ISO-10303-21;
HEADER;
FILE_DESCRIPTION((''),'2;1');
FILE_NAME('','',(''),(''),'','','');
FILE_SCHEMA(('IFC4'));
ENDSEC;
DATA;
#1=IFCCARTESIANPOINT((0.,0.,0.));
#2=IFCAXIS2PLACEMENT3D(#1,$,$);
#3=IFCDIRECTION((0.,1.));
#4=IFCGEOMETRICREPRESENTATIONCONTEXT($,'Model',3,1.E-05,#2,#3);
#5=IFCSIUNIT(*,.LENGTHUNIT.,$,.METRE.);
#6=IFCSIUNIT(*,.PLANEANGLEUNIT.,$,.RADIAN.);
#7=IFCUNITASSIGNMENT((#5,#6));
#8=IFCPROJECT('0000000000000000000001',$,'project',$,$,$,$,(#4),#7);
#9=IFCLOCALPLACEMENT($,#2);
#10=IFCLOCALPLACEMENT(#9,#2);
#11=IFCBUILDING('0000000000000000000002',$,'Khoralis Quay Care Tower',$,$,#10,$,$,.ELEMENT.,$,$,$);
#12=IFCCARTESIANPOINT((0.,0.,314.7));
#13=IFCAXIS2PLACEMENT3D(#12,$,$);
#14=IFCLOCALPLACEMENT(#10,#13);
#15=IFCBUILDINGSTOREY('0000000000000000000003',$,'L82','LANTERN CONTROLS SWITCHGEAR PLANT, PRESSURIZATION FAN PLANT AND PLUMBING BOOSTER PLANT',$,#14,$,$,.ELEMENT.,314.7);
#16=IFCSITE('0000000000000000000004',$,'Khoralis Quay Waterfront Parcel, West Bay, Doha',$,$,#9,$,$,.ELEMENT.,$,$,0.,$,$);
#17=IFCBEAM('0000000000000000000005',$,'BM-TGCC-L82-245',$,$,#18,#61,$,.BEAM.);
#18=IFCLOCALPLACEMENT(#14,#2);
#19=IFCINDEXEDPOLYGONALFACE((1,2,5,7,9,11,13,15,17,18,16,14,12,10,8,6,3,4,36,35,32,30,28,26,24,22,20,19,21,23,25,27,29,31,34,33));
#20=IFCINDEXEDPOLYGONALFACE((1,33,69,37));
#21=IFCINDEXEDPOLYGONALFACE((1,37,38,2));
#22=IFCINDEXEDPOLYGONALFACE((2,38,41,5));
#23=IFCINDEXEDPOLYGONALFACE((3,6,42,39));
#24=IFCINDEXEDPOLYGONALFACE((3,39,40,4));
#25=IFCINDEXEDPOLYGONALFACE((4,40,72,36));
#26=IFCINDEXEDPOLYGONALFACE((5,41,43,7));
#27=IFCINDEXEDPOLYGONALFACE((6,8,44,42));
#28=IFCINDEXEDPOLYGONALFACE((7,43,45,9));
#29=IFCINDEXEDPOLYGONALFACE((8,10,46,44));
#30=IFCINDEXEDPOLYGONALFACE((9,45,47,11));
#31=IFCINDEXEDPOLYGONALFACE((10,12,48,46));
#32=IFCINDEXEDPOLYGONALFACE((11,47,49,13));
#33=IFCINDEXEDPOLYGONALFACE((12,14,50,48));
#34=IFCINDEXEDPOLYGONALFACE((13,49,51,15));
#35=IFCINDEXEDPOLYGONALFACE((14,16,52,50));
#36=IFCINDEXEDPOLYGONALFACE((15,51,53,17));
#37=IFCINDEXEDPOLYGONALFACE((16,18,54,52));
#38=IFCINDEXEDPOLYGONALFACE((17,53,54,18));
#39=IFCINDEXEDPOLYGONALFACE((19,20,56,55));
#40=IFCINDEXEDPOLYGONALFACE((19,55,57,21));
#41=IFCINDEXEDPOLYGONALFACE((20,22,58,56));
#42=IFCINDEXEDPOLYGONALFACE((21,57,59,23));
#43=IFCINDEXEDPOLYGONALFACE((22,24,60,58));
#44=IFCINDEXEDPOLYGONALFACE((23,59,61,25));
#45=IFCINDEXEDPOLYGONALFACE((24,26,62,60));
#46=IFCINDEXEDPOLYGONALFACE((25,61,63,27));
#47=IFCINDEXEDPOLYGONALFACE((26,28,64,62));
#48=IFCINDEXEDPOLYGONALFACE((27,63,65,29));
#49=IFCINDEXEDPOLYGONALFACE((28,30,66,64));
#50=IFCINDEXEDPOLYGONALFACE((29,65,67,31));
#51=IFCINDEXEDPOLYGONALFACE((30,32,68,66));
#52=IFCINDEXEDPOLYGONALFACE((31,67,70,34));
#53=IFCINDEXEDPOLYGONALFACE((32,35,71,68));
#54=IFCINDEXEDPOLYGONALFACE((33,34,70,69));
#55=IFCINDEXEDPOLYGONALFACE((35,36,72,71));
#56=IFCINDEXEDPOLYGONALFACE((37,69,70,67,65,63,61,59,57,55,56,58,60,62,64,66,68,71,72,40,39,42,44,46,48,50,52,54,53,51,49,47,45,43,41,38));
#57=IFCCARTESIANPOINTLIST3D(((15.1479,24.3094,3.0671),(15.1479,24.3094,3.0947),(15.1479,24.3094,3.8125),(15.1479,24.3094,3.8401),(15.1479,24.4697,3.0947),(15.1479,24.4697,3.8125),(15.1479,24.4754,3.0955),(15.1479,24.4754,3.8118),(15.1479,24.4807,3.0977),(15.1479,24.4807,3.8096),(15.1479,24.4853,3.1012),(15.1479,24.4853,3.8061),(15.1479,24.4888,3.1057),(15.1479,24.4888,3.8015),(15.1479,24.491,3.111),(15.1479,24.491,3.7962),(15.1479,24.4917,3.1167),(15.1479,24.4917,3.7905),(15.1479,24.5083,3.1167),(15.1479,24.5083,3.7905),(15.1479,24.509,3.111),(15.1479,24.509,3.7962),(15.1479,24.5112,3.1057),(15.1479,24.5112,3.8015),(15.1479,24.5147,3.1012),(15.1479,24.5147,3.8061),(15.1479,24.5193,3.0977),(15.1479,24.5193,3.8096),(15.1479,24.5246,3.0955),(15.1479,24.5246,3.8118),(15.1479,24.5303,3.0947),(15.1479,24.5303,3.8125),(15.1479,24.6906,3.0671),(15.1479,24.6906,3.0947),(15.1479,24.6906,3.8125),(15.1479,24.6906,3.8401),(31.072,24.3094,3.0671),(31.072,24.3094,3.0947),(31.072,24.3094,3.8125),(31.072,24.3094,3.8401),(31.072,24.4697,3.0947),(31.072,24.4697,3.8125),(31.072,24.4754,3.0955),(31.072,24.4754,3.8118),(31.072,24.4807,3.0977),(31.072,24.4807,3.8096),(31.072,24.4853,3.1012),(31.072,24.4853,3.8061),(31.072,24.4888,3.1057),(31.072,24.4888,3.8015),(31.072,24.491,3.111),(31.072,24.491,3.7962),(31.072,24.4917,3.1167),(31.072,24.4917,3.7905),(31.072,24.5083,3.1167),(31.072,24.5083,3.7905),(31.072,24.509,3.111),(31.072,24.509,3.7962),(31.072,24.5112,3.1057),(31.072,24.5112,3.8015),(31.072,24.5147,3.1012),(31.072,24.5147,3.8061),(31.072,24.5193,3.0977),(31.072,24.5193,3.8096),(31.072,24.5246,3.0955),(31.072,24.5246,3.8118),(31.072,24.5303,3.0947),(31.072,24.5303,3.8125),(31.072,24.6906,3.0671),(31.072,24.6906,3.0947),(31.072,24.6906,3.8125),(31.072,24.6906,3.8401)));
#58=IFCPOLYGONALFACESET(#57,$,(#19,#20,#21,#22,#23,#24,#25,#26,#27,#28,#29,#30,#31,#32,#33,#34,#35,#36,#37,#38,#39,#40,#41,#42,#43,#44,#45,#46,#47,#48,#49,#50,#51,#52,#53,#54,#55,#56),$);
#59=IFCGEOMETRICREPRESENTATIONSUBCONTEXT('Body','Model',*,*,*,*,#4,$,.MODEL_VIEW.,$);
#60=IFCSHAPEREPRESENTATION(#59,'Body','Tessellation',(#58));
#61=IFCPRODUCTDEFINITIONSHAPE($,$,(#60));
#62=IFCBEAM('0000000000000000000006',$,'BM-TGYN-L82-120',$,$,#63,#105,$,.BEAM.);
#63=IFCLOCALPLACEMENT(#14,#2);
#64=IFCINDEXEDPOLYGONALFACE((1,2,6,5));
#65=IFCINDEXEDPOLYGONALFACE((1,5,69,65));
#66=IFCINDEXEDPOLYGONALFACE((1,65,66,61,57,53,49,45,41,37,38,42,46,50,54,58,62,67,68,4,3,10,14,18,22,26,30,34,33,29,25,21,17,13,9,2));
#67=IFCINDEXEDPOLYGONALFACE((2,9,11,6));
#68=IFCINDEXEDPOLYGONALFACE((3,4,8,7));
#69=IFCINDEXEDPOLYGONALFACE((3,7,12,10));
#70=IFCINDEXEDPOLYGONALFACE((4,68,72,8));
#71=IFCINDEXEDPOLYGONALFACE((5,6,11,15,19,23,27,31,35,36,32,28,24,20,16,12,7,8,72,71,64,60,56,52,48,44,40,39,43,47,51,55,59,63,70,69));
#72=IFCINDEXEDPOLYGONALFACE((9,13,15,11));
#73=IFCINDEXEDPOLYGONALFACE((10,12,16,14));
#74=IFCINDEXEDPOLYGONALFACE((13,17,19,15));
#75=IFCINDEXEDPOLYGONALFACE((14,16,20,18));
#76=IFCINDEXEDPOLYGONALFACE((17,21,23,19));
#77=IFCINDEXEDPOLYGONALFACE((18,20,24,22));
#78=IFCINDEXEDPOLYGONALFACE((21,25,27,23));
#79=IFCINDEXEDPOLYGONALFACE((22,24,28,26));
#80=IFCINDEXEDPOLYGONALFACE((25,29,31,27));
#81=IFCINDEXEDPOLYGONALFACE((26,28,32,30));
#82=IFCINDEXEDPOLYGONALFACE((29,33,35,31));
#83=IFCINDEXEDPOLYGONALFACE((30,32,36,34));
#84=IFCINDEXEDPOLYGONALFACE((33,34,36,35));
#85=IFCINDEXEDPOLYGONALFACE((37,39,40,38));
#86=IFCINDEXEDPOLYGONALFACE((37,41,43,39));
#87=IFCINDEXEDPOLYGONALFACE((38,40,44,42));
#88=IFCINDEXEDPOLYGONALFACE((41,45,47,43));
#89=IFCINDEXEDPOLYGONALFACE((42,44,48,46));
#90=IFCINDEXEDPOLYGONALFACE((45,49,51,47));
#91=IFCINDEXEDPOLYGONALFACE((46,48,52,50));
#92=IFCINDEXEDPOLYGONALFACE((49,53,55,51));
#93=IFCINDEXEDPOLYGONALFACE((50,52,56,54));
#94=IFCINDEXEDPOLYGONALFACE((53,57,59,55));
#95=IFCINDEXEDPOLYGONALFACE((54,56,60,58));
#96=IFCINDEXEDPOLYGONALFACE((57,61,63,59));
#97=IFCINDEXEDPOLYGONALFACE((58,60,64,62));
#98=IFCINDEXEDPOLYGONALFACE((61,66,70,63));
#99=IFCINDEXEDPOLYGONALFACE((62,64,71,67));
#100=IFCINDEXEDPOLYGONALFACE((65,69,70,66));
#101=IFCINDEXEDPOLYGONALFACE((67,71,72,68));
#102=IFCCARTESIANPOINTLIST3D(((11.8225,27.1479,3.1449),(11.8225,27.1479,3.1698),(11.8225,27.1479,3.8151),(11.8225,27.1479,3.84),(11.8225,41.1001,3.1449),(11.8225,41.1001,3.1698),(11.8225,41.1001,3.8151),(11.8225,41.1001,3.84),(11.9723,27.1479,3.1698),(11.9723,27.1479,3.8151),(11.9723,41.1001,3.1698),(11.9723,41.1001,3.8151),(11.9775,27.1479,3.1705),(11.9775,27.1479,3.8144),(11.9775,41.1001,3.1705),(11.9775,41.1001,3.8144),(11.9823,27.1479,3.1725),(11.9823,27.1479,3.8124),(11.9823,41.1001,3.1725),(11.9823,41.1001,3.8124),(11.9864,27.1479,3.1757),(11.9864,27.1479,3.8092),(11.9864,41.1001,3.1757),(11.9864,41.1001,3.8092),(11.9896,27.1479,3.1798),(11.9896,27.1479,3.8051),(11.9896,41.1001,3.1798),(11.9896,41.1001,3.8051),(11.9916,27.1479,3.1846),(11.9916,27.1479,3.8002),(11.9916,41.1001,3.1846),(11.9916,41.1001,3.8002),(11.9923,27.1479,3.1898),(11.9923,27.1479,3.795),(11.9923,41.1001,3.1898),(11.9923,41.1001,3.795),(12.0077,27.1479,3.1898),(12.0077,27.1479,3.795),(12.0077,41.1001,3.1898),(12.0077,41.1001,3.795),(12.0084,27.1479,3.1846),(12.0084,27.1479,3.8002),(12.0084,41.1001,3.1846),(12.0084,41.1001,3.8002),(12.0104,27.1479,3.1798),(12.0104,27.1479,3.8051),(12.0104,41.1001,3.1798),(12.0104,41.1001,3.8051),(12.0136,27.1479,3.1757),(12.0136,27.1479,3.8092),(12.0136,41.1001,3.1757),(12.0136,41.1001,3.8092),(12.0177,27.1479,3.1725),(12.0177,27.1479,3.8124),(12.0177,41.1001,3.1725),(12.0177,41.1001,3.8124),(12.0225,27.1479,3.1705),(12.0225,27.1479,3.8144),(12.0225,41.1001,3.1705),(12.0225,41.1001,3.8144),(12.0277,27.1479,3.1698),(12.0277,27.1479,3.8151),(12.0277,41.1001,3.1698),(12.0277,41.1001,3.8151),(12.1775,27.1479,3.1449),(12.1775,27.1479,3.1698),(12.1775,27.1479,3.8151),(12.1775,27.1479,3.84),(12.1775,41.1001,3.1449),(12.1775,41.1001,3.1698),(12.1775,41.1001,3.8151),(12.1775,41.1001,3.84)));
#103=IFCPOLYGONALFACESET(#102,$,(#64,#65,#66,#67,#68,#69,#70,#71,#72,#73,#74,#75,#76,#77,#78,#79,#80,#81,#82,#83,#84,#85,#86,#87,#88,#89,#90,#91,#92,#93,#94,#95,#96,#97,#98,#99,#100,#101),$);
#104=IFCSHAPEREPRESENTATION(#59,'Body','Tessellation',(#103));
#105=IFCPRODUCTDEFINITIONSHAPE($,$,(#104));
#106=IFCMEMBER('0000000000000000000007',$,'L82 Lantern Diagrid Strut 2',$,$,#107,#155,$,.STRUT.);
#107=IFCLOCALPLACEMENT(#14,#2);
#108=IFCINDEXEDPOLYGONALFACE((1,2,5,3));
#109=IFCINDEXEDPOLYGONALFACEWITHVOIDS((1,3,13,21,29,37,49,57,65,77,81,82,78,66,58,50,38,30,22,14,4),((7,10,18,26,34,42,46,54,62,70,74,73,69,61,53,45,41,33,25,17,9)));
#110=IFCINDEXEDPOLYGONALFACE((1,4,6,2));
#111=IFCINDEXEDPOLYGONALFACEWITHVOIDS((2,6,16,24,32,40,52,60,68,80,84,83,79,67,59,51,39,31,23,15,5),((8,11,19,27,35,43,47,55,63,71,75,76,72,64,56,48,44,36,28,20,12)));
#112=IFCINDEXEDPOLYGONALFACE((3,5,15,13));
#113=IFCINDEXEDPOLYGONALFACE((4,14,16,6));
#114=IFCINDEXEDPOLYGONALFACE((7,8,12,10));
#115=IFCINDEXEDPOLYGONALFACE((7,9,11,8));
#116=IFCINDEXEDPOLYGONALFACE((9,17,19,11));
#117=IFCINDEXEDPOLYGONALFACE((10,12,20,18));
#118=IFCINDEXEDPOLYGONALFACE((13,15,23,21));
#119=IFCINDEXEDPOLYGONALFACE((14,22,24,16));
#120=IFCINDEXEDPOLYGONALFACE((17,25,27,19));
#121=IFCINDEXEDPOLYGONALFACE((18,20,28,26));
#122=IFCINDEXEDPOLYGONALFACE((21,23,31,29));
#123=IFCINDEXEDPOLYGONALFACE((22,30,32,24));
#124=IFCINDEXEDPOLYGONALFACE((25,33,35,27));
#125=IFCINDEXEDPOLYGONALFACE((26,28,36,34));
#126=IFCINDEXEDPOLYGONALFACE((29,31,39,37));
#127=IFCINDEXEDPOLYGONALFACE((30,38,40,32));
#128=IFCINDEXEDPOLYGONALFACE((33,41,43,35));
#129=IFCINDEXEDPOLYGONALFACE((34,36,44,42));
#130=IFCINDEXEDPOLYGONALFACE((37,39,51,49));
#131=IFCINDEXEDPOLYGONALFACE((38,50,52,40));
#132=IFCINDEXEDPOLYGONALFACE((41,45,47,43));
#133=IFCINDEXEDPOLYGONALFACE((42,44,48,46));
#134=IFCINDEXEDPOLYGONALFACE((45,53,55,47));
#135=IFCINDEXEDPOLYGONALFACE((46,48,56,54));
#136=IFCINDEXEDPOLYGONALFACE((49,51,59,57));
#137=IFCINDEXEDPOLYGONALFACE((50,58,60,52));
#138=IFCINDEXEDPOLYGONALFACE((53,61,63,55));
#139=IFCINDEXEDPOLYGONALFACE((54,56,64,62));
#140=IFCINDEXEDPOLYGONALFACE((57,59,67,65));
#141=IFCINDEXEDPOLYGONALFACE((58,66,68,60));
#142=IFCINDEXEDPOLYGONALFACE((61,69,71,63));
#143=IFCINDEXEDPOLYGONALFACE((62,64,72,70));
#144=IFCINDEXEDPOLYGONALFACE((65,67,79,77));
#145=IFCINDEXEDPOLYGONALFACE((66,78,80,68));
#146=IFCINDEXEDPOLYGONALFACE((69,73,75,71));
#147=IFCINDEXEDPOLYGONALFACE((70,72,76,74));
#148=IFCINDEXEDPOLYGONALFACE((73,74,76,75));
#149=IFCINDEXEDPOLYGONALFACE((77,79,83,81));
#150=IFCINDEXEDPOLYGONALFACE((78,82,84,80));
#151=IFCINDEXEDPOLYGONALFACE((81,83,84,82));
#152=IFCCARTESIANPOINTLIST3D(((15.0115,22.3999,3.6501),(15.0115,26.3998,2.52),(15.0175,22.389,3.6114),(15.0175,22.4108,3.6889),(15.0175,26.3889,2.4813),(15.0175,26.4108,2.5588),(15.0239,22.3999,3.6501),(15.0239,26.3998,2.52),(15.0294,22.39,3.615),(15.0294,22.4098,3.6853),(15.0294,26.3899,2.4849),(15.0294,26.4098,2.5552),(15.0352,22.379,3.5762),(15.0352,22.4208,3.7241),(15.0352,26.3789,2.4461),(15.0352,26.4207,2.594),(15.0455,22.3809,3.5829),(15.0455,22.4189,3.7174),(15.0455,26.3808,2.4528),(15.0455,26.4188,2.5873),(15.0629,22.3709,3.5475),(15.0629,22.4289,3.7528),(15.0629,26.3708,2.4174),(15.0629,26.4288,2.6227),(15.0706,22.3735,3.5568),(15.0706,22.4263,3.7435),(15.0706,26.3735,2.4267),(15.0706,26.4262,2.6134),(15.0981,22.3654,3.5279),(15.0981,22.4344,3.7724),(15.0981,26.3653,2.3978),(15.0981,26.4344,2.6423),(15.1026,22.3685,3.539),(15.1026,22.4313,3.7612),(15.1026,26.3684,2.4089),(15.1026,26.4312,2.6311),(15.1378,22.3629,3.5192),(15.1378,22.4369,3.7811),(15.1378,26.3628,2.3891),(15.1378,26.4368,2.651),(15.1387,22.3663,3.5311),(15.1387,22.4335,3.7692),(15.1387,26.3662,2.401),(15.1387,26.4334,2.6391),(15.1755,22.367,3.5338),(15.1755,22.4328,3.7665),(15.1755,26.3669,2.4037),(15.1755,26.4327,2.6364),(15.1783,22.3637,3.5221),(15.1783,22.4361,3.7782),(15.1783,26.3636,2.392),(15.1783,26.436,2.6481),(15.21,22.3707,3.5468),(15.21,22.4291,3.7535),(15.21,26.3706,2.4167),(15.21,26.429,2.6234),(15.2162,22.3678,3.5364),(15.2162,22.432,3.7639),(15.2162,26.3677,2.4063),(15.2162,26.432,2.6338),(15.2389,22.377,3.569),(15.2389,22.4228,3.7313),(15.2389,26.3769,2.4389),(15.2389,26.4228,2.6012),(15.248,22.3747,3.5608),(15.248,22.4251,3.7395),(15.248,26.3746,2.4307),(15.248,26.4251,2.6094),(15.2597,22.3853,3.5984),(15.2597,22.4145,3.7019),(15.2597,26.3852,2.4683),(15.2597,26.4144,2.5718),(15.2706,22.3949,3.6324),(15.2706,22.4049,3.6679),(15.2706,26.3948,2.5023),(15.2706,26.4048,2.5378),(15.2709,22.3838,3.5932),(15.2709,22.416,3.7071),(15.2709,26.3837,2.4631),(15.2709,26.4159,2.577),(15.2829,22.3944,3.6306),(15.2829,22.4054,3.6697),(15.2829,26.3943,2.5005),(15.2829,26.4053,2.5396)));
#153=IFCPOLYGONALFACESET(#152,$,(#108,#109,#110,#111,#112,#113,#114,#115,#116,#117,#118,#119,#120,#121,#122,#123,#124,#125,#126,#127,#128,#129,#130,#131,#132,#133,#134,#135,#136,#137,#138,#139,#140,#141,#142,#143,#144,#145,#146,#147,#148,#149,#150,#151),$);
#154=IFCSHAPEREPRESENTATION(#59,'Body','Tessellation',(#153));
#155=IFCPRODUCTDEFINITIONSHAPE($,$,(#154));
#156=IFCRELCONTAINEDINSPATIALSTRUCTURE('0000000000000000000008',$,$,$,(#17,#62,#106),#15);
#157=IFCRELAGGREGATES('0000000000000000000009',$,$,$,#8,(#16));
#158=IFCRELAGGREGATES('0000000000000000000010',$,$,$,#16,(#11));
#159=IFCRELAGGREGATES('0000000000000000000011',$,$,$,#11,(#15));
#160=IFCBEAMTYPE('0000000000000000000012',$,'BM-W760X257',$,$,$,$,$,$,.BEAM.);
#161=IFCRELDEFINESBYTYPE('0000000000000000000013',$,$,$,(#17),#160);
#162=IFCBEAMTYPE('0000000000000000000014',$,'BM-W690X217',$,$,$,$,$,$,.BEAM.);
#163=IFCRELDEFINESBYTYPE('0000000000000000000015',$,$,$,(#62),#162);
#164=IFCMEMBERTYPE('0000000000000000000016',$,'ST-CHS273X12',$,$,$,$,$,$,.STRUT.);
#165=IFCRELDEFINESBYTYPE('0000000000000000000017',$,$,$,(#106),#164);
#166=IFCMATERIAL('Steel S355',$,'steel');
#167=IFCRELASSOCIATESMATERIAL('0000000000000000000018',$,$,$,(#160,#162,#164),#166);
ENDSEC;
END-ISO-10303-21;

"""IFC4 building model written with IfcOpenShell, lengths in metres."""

from ifc_helpers import new_model, si_unit, direction, frame, origin, origin_2d, place, context, subcontext, project, spatial, hollow_circle, i_section, extrude, source, transform, mapped, material, material_profile, profile_set, type_object, element, save


model = new_model("IFC4")

# Units and contexts
model_context = context("Model", 3, precision=1e-05, world=origin(), true_north=direction((0.0, 1.0)))
body_context = subcontext(model_context, "Body", "Model", "MODEL_VIEW")
ifc_project = project(units=[si_unit("LENGTHUNIT", "METRE"), si_unit("PLANEANGLEUNIT", "RADIAN")], contexts=[model_context])

# Site, building, storey
site_placement = place(None, origin())
site = spatial("IfcSite", under=ifc_project, at=site_placement, Name="Khoralis Quay Waterfront Parcel, West Bay, Doha", CompositionType="ELEMENT", RefElevation=0.0)
building_placement = place(site_placement, origin())
building = spatial("IfcBuilding", under=site, at=building_placement, Name="Khoralis Quay Care Tower", CompositionType="ELEMENT")
storey_placement = place(building_placement, frame((0.0, 0.0, 314.7)))
storey = spatial("IfcBuildingStorey", under=building, at=storey_placement, Name="L82", Description="LANTERN CONTROLS SWITCHGEAR PLANT, PRESSURIZATION FAN PLANT AND PLUMBING BOOSTER PLANT", CompositionType="ELEMENT", Elevation=314.7)

# Shared definitions
ifc_material_1 = material(Name="Steel S355", Category="steel")

# Beams
ifc_material_profile_1 = material_profile(ifc_material_1, i_section(OverallWidth=0.3811, OverallDepth=0.7729, WebThickness=0.0166, FlangeThickness=0.0276, FilletRadius=0.022, at=origin_2d()), Name="Steel S355")
ifc_profile_set_1 = profile_set([ifc_material_profile_1], Name="Steel S355")
beam_type_1 = type_object("IfcBeamType", Name="BM-W760X257", PredefinedType="BEAM", material=ifc_profile_set_1)
shared_shape_1 = source(origin(), body_context, "Body", "SweptSolid", [
    extrude(i_section(OverallWidth=0.3811, OverallDepth=0.7729, WebThickness=0.0166, FlangeThickness=0.0276, FilletRadius=0.022, at=origin_2d()), origin(), (0.0, 0.0, 1.0), 15.9241),
])
beam_1_placement = place(storey_placement, frame((15.1479, 24.5, 3.4536), z_axis=(1.0, 0.0, 0.0), x_axis=(0.0, 1.0, 0.0)))
element("IfcBeam", 1, at=beam_1_placement, inside=storey, type_object=beam_type_1, Name="BM-TGCC-L82-245", PredefinedType="BEAM", context=body_context, shape_type="MappedRepresentation", body=[
    mapped(shared_shape_1, transform((0.0, 0.0, 0.0), scale=1.0)),
])
ifc_material_profile_2 = material_profile(ifc_material_1, i_section(OverallWidth=0.355, OverallDepth=0.6951, WebThickness=0.0154, FlangeThickness=0.0249, FilletRadius=0.02, at=origin_2d()), Name="Steel S355")
ifc_profile_set_2 = profile_set([ifc_material_profile_2], Name="Steel S355")
beam_type_2 = type_object("IfcBeamType", Name="BM-W690X217", PredefinedType="BEAM", material=ifc_profile_set_2)
shared_shape_2 = source(origin(), body_context, "Body", "SweptSolid", [
    extrude(i_section(OverallWidth=0.355, OverallDepth=0.6951, WebThickness=0.0154, FlangeThickness=0.0249, FilletRadius=0.02, at=origin_2d()), origin(), (0.0, 0.0, 1.0), 13.9521),
])
beam_2_placement = place(storey_placement, frame((12.0, 27.1479, 3.4924), z_axis=(0.0, 1.0, 0.0), x_axis=(-1.0, 0.0, 0.0)))
element("IfcBeam", 2, at=beam_2_placement, inside=storey, type_object=beam_type_2, Name="BM-TGYN-L82-120", PredefinedType="BEAM", context=body_context, shape_type="MappedRepresentation", body=[
    mapped(shared_shape_2, transform((0.0, 0.0, 0.0), scale=1.0)),
])

# Member
ifc_material_profile_3 = material_profile(ifc_material_1, hollow_circle(Radius=0.1365, WallThickness=0.0125, at=origin_2d()), Name="Steel S355")
ifc_profile_set_3 = profile_set([ifc_material_profile_3], Name="Steel S355")
member_type_1 = type_object("IfcMemberType", Name="ST-CHS273X12", PredefinedType="STRUT", material=ifc_profile_set_3)
shared_shape_3 = source(origin(), body_context, "Body", "SweptSolid", [
    extrude(hollow_circle(Radius=0.1365, WallThickness=0.0125, at=origin_2d()), origin(), (0.0, 0.0, 1.0), 4.1565),
])
member_1_placement = place(storey_placement, frame((15.1479, 22.3999, 3.6501), z_axis=(0.0, 0.962329, -0.271888), x_axis=(-1.0, 0.0, 0.0)))
element("IfcMember", 3, at=member_1_placement, inside=storey, type_object=member_type_1, Name="L82 Lantern Diagrid Strut 2", PredefinedType="STRUT", context=body_context, shape_type="MappedRepresentation", body=[
    mapped(shared_shape_3, transform((0.0, 0.0, 0.0), scale=1.0)),
])

save(model, "model.ifc")
